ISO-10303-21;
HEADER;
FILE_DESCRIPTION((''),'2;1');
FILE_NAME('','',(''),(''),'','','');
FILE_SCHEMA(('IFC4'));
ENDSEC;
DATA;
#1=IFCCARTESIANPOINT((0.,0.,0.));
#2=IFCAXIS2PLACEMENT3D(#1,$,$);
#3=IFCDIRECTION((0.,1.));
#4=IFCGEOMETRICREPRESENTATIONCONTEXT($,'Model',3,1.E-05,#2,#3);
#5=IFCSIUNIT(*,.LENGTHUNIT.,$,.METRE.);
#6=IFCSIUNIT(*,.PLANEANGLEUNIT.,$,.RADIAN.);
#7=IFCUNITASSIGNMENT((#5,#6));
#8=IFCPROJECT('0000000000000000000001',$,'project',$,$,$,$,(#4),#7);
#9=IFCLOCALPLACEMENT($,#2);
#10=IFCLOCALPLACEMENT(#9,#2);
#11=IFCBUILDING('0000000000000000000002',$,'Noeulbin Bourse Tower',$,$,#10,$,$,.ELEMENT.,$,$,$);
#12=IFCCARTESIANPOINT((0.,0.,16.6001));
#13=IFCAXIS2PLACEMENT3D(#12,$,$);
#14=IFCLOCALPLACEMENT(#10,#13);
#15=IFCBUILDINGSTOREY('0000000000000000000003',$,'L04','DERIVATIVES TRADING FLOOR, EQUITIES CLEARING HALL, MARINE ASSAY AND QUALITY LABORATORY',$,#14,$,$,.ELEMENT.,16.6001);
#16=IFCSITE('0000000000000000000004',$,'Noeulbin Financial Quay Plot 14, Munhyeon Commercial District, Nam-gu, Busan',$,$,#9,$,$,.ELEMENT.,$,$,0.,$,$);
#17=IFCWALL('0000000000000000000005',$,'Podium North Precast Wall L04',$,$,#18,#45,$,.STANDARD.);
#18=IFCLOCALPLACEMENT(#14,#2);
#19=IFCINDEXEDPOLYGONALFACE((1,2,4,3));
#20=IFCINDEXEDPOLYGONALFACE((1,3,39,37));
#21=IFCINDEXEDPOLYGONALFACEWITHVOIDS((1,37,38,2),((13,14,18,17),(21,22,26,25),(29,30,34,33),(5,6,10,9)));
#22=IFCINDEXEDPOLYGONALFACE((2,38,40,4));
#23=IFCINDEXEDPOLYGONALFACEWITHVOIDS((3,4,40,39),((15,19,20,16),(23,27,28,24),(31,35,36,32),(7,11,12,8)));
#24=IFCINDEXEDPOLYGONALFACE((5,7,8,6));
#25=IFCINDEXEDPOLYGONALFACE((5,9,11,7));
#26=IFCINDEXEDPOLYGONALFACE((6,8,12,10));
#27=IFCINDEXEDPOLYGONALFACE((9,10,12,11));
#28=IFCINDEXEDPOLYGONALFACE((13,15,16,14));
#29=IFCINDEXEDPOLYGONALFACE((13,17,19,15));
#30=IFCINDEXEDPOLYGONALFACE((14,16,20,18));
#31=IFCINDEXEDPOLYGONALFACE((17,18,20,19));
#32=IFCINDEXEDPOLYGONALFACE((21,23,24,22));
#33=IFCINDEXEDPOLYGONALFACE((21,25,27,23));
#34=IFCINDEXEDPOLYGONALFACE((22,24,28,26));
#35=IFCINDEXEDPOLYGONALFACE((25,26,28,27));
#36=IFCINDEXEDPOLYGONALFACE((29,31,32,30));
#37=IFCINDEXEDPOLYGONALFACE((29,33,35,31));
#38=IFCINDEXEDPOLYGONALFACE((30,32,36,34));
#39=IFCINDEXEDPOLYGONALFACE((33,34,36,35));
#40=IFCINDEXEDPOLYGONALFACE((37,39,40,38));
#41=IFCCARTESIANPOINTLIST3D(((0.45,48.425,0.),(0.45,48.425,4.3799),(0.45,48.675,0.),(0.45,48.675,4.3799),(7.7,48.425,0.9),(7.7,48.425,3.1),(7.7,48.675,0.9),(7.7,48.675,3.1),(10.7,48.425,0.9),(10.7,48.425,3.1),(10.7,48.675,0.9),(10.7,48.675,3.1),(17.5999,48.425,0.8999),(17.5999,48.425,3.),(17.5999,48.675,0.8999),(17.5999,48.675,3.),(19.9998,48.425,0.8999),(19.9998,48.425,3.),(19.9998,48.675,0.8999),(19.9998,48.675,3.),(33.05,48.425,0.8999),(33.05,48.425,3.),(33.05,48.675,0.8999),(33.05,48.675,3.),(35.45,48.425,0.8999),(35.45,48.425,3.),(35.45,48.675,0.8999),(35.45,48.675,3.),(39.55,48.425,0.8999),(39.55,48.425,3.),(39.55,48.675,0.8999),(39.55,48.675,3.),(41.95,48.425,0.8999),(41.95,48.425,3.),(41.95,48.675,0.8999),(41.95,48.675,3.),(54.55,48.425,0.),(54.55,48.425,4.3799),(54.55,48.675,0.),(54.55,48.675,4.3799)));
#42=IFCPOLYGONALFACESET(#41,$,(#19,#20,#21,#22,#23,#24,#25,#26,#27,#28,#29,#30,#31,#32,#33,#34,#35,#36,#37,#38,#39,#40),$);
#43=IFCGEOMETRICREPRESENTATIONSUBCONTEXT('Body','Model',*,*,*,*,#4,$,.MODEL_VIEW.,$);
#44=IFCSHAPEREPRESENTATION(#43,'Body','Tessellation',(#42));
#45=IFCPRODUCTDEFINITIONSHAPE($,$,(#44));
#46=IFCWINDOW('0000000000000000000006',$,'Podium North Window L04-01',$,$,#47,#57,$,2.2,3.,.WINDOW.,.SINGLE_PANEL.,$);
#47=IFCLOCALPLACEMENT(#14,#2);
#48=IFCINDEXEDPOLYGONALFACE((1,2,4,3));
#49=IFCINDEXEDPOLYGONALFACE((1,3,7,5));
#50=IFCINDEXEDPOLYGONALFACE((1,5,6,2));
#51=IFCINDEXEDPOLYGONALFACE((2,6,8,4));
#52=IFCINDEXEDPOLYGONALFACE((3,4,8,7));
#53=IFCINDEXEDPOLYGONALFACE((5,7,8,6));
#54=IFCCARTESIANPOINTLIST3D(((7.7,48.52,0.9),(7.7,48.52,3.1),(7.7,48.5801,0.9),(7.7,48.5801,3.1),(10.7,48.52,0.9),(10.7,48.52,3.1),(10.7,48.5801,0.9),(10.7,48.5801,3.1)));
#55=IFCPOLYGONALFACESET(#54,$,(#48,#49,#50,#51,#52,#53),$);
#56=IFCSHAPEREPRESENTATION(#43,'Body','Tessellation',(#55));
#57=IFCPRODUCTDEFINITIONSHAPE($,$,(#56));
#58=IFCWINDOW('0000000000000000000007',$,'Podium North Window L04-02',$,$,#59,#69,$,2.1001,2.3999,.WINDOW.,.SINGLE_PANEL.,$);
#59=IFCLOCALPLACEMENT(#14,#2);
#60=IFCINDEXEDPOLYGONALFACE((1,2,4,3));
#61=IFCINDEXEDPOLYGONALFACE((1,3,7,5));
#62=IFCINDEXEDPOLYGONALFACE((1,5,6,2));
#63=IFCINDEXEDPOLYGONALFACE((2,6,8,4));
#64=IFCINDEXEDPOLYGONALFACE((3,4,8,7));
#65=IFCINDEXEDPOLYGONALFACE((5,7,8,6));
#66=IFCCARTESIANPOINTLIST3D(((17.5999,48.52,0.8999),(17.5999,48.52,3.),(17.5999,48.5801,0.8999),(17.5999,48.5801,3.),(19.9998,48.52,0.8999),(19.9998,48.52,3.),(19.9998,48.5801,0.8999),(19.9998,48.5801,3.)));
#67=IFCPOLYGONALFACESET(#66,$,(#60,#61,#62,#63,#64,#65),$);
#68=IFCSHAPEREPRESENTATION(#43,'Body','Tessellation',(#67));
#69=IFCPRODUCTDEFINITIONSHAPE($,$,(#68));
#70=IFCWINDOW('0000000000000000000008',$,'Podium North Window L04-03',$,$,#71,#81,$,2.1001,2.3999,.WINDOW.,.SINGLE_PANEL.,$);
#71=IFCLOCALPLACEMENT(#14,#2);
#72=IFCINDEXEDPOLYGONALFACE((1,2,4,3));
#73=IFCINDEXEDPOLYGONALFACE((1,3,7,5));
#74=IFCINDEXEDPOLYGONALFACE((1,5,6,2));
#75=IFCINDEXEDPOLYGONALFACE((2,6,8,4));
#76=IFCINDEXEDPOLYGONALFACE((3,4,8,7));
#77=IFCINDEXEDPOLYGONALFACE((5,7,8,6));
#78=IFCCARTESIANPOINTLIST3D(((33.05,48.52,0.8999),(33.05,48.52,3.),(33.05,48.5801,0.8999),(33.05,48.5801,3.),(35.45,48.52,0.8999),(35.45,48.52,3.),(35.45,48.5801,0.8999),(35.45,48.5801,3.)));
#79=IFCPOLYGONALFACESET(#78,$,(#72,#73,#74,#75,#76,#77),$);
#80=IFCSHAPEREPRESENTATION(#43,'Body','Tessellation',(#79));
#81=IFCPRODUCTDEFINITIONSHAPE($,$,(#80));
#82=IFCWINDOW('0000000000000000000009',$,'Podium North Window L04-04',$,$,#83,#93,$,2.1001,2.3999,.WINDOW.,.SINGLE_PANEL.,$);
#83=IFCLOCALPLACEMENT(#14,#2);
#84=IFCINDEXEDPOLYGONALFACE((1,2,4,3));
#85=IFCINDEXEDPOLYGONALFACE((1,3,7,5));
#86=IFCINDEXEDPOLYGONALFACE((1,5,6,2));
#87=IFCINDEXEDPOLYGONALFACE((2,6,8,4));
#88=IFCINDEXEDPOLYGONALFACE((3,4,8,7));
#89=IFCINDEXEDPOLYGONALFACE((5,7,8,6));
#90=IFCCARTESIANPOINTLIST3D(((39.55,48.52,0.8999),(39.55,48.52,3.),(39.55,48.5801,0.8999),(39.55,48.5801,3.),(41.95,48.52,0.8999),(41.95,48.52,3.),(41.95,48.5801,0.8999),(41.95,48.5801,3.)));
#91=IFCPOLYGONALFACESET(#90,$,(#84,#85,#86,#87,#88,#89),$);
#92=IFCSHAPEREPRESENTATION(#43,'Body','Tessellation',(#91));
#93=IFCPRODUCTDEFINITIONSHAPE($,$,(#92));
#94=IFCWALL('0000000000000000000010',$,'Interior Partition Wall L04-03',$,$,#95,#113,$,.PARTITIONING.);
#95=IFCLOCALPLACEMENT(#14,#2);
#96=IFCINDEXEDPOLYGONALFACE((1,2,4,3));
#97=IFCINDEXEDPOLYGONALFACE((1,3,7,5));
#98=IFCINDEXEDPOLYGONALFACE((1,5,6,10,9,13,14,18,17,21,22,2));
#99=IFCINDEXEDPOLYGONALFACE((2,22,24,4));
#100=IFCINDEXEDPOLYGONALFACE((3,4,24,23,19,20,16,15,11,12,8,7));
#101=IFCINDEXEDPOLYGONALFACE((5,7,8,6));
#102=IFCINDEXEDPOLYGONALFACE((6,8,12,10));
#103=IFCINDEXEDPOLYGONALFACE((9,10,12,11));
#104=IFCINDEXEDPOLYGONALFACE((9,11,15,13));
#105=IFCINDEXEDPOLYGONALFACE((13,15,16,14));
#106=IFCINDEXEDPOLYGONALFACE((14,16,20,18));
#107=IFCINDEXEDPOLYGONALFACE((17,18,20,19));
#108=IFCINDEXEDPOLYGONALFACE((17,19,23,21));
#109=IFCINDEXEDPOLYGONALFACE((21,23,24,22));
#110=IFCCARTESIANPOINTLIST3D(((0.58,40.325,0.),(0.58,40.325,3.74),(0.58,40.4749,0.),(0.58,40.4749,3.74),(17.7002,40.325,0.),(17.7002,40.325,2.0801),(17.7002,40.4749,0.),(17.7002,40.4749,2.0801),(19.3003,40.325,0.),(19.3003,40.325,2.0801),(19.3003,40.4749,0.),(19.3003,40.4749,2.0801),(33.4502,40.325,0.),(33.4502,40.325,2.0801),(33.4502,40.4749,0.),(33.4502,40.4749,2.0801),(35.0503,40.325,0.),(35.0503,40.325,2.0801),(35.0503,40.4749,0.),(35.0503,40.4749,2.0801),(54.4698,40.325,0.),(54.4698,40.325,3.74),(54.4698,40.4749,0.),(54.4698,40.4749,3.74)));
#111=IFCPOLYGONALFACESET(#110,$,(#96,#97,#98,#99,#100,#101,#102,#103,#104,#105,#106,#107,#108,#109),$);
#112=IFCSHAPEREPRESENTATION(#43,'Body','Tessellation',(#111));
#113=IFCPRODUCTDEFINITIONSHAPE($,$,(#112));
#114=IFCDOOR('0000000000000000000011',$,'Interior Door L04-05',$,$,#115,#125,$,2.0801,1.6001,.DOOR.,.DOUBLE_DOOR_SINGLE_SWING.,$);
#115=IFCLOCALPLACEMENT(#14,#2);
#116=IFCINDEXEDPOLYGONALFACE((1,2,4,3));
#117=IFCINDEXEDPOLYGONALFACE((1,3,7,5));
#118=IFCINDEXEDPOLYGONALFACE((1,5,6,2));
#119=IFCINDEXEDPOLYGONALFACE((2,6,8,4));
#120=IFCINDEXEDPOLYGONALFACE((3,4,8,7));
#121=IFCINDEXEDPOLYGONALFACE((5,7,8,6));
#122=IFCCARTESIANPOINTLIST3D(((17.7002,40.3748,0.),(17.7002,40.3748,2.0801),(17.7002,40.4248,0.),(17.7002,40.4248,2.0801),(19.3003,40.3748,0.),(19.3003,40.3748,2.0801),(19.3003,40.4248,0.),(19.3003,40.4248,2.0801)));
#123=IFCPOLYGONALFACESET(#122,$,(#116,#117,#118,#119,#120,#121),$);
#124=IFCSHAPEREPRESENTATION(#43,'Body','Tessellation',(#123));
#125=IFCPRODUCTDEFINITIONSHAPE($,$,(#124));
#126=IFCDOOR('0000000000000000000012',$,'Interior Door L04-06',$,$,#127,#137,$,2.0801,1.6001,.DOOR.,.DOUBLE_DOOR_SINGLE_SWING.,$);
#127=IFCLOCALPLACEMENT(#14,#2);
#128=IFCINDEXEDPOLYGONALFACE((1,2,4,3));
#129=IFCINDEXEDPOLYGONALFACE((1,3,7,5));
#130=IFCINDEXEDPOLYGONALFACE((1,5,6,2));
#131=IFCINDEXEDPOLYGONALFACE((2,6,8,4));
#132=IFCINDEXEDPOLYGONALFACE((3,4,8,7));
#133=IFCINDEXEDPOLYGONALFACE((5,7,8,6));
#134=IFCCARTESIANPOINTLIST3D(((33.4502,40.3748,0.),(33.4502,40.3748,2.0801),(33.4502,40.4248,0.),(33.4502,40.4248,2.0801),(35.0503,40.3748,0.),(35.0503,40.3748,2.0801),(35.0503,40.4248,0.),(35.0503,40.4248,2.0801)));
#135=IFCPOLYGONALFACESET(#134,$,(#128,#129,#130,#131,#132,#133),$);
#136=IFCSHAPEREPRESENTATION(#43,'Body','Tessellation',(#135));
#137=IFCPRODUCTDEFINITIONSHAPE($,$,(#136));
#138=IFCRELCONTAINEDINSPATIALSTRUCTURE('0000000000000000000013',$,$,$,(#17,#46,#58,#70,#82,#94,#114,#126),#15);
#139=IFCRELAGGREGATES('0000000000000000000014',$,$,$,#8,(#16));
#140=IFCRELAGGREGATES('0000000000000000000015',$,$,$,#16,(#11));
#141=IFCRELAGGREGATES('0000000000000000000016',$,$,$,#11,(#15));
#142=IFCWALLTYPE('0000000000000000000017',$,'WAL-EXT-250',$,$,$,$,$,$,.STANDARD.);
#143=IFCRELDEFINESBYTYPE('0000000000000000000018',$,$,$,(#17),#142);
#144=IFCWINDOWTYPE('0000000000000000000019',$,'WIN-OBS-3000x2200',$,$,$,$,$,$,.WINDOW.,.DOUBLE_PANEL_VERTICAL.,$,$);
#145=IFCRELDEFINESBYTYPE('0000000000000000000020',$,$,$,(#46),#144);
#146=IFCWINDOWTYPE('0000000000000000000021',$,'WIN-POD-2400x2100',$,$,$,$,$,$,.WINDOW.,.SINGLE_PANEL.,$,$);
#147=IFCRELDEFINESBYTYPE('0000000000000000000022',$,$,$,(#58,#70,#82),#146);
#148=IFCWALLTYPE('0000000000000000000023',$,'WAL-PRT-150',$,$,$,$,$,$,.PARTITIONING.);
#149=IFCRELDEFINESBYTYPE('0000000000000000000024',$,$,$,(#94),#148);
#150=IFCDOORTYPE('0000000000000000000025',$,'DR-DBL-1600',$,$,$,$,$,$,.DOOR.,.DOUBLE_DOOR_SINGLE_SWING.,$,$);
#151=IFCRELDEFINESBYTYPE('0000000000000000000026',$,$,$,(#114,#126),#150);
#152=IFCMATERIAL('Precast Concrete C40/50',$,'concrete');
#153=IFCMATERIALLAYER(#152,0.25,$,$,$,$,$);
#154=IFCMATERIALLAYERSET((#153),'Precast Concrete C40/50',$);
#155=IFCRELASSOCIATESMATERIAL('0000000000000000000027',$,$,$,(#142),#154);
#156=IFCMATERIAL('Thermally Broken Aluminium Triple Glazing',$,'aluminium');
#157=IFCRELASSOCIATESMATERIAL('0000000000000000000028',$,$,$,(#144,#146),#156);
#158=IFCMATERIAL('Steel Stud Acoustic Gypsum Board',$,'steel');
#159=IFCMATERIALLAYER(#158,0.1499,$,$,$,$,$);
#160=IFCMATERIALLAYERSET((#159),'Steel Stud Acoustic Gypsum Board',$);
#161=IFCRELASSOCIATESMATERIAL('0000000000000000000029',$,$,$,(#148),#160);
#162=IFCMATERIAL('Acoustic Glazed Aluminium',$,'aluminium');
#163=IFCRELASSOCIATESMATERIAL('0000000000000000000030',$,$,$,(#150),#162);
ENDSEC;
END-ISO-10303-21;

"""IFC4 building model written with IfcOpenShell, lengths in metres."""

from ifc_helpers import new_model, si_unit, direction, frame, frame_2d, origin, place, context, subcontext, project, spatial, rectangle, extrude, material, layer, layer_set, type_object, element, fill, save


model = new_model("IFC4")

# Units and contexts
model_context = context("Model", 3, precision=1e-05, world=origin(), true_north=direction((0.0, 1.0)))
body_context = subcontext(model_context, "Body", "Model", "MODEL_VIEW")
ifc_project = project(units=[si_unit("LENGTHUNIT", "METRE"), si_unit("PLANEANGLEUNIT", "RADIAN")], contexts=[model_context])

# Site, building, storey
site_placement = place(None, origin())
site = spatial("IfcSite", under=ifc_project, at=site_placement, Name="Noeulbin Financial Quay Plot 14, Munhyeon Commercial District, Nam-gu, Busan", CompositionType="ELEMENT", RefElevation=0.0)
building_placement = place(site_placement, origin())
building = spatial("IfcBuilding", under=site, at=building_placement, Name="Noeulbin Bourse Tower", CompositionType="ELEMENT")
storey_placement = place(building_placement, frame((0.0, 0.0, 16.6001)))
storey = spatial("IfcBuildingStorey", under=building, at=storey_placement, Name="L04", Description="DERIVATIVES TRADING FLOOR, EQUITIES CLEARING HALL, MARINE ASSAY AND QUALITY LABORATORY", CompositionType="ELEMENT", Elevation=16.6001)

# Wall, openings, windows
ifc_material_1 = material(Name="Precast Concrete C40/50", Category="concrete")
ifc_layer_1 = layer(ifc_material_1, 0.25)
ifc_layer_set_1 = layer_set([ifc_layer_1], Name="Precast Concrete C40/50")
wall_type_1 = type_object("IfcWallType", Name="WAL-EXT-250", PredefinedType="STANDARD", material=ifc_layer_set_1)
wall_1_placement = place(storey_placement, frame((0.45, 48.55, 0.0), z_axis=(0.0, 0.0, 1.0), x_axis=(1.0, 0.0, 0.0)))
wall_1 = element("IfcWall", 1, at=wall_1_placement, inside=storey, type_object=wall_type_1, Name="Podium North Precast Wall L04", PredefinedType="STANDARD", context=body_context, shape_type="SweptSolid", body=[
    extrude(rectangle(XDim=54.1001, YDim=0.25, at=frame_2d((27.05, 0.0))), origin(), (0.0, 0.0, 1.0), 4.3799),
])
opening_1_placement = place(wall_1_placement, frame((7.25, 0.0, 0.8999)))
opening_1 = element("IfcOpeningElement", 2, at=opening_1_placement, cuts=wall_1, PredefinedType="OPENING", context=body_context, shape_type="SweptSolid", body=[
    extrude(rectangle(XDim=3.0, YDim=2.2, at=frame_2d((1.5, 1.1001))), frame((0.0, 0.135, 0.0), z_axis=(0.0, -1.0, 0.0), x_axis=(1.0, 0.0, 0.0)), (0.0, 0.0, 1.0), 0.27),
])
opening_2_placement = place(wall_1_placement, frame((17.1499, 0.0, 0.8999)))
opening_2 = element("IfcOpeningElement", 3, at=opening_2_placement, cuts=wall_1, PredefinedType="OPENING", context=body_context, shape_type="SweptSolid", body=[
    extrude(rectangle(XDim=2.3999, YDim=2.1001, at=frame_2d((1.2, 1.05))), frame((0.0, 0.135, 0.0), z_axis=(0.0, -1.0, 0.0), x_axis=(1.0, 0.0, 0.0)), (0.0, 0.0, 1.0), 0.27),
])
opening_3_placement = place(wall_1_placement, frame((32.6001, 0.0, 0.8999)))
opening_3 = element("IfcOpeningElement", 4, at=opening_3_placement, cuts=wall_1, PredefinedType="OPENING", context=body_context, shape_type="SweptSolid", body=[
    extrude(rectangle(XDim=2.3999, YDim=2.1001, at=frame_2d((1.2, 1.05))), frame((0.0, 0.135, 0.0), z_axis=(0.0, -1.0, 0.0), x_axis=(1.0, 0.0, 0.0)), (0.0, 0.0, 1.0), 0.27),
])
opening_4_placement = place(wall_1_placement, frame((39.1001, 0.0, 0.8999)))
opening_4 = element("IfcOpeningElement", 5, at=opening_4_placement, cuts=wall_1, PredefinedType="OPENING", context=body_context, shape_type="SweptSolid", body=[
    extrude(rectangle(XDim=2.3999, YDim=2.1001, at=frame_2d((1.2, 1.05))), frame((0.0, 0.135, 0.0), z_axis=(0.0, -1.0, 0.0), x_axis=(1.0, 0.0, 0.0)), (0.0, 0.0, 1.0), 0.27),
])
ifc_material_2 = material(Name="Thermally Broken Aluminium Triple Glazing", Category="aluminium")
window_type_1 = type_object("IfcWindowType", Name="WIN-OBS-3000x2200", PartitioningType="DOUBLE_PANEL_VERTICAL", PredefinedType="WINDOW", material=ifc_material_2)
window_1_placement = place(opening_1_placement, origin())
window_1 = element("IfcWindow", 6, at=window_1_placement, inside=storey, type_object=window_type_1, Name="Podium North Window L04-01", OverallHeight=2.2, OverallWidth=3.0, PartitioningType="SINGLE_PANEL", PredefinedType="WINDOW", context=body_context, shape_type="SweptSolid", body=[
    extrude(rectangle(XDim=3.0, YDim=2.2, at=frame_2d((1.5, 1.1001))), frame((0.0, 0.03, 0.0), z_axis=(0.0, -1.0, 0.0), x_axis=(1.0, 0.0, 0.0)), (0.0, 0.0, 1.0), 0.0601),
])
fill(opening_1, window_1)
window_type_2 = type_object("IfcWindowType", Name="WIN-POD-2400x2100", PartitioningType="SINGLE_PANEL", PredefinedType="WINDOW", material=ifc_material_2)
window_2_placement = place(opening_2_placement, origin())
window_2 = element("IfcWindow", 7, at=window_2_placement, inside=storey, type_object=window_type_2, Name="Podium North Window L04-02", OverallHeight=2.1001, OverallWidth=2.3999, PartitioningType="SINGLE_PANEL", PredefinedType="WINDOW", context=body_context, shape_type="SweptSolid", body=[
    extrude(rectangle(XDim=2.3999, YDim=2.1001, at=frame_2d((1.2, 1.05))), frame((0.0, 0.03, 0.0), z_axis=(0.0, -1.0, 0.0), x_axis=(1.0, 0.0, 0.0)), (0.0, 0.0, 1.0), 0.0601),
])
fill(opening_2, window_2)
window_3_placement = place(opening_3_placement, origin())
window_3 = element("IfcWindow", 8, at=window_3_placement, inside=storey, type_object=window_type_2, Name="Podium North Window L04-03", OverallHeight=2.1001, OverallWidth=2.3999, PartitioningType="SINGLE_PANEL", PredefinedType="WINDOW", context=body_context, shape_type="SweptSolid", body=[
    extrude(rectangle(XDim=2.3999, YDim=2.1001, at=frame_2d((1.2, 1.05))), frame((0.0, 0.03, 0.0), z_axis=(0.0, -1.0, 0.0), x_axis=(1.0, 0.0, 0.0)), (0.0, 0.0, 1.0), 0.0601),
])
fill(opening_3, window_3)
window_4_placement = place(opening_4_placement, origin())
window_4 = element("IfcWindow", 9, at=window_4_placement, inside=storey, type_object=window_type_2, Name="Podium North Window L04-04", OverallHeight=2.1001, OverallWidth=2.3999, PartitioningType="SINGLE_PANEL", PredefinedType="WINDOW", context=body_context, shape_type="SweptSolid", body=[
    extrude(rectangle(XDim=2.3999, YDim=2.1001, at=frame_2d((1.2, 1.05))), frame((0.0, 0.03, 0.0), z_axis=(0.0, -1.0, 0.0), x_axis=(1.0, 0.0, 0.0)), (0.0, 0.0, 1.0), 0.0601),
])
fill(opening_4, window_4)

# Wall, openings, doors
ifc_material_3 = material(Name="Steel Stud Acoustic Gypsum Board", Category="steel")
ifc_layer_2 = layer(ifc_material_3, 0.1499)
ifc_layer_set_2 = layer_set([ifc_layer_2], Name="Steel Stud Acoustic Gypsum Board")
wall_type_2 = type_object("IfcWallType", Name="WAL-PRT-150", PredefinedType="PARTITIONING", material=ifc_layer_set_2)
wall_2_placement = place(storey_placement, frame((0.5801, 40.3999, 0.0), z_axis=(0.0, 0.0, 1.0), x_axis=(1.0, 0.0, 0.0)))
wall_2 = element("IfcWall", 10, at=wall_2_placement, inside=storey, type_object=wall_type_2, Name="Interior Partition Wall L04-03", PredefinedType="PARTITIONING", context=body_context, shape_type="SweptSolid", body=[
    extrude(rectangle(XDim=53.8899, YDim=0.1499, at=frame_2d((26.9448, 0.0))), origin(), (0.0, 0.0, 1.0), 3.74),
])
opening_5_placement = place(wall_2_placement, frame((17.1201, 0.0, 0.0)))
opening_5 = element("IfcOpeningElement", 11, at=opening_5_placement, cuts=wall_2, PredefinedType="OPENING", context=body_context, shape_type="SweptSolid", body=[
    extrude(rectangle(XDim=1.6001, YDim=2.0801, at=frame_2d((0.8, 1.04))), frame((0.0, 0.085, 0.0), z_axis=(0.0, -1.0, 0.0), x_axis=(1.0, 0.0, 0.0)), (0.0, 0.0, 1.0), 0.1699),
])
opening_6_placement = place(wall_2_placement, frame((32.8701, 0.0, 0.0)))
opening_6 = element("IfcOpeningElement", 12, at=opening_6_placement, cuts=wall_2, PredefinedType="OPENING", context=body_context, shape_type="SweptSolid", body=[
    extrude(rectangle(XDim=1.6001, YDim=2.0801, at=frame_2d((0.8, 1.04))), frame((0.0, 0.085, 0.0), z_axis=(0.0, -1.0, 0.0), x_axis=(1.0, 0.0, 0.0)), (0.0, 0.0, 1.0), 0.1699),
])
ifc_material_4 = material(Name="Acoustic Glazed Aluminium", Category="aluminium")
door_type = type_object("IfcDoorType", Name="DR-DBL-1600", OperationType="DOUBLE_DOOR_SINGLE_SWING", PredefinedType="DOOR", material=ifc_material_4)
door_1_placement = place(opening_5_placement, origin())
door_1 = element("IfcDoor", 13, at=door_1_placement, inside=storey, type_object=door_type, Name="Interior Door L04-05", OperationType="DOUBLE_DOOR_SINGLE_SWING", OverallHeight=2.0801, OverallWidth=1.6001, PredefinedType="DOOR", context=body_context, shape_type="SweptSolid", body=[
    extrude(rectangle(XDim=1.6001, YDim=2.0801, at=frame_2d((0.8, 1.04))), frame((0.0, 0.0249, 0.0), z_axis=(0.0, -1.0, 0.0), x_axis=(1.0, 0.0, 0.0)), (0.0, 0.0, 1.0), 0.05),
])
fill(opening_5, door_1)
door_2_placement = place(opening_6_placement, origin())
door_2 = element("IfcDoor", 14, at=door_2_placement, inside=storey, type_object=door_type, Name="Interior Door L04-06", OperationType="DOUBLE_DOOR_SINGLE_SWING", OverallHeight=2.0801, OverallWidth=1.6001, PredefinedType="DOOR", context=body_context, shape_type="SweptSolid", body=[
    extrude(rectangle(XDim=1.6001, YDim=2.0801, at=frame_2d((0.8, 1.04))), frame((0.0, 0.0249, 0.0), z_axis=(0.0, -1.0, 0.0), x_axis=(1.0, 0.0, 0.0)), (0.0, 0.0, 1.0), 0.05),
])
fill(opening_6, door_2)

save(model, "model.ifc")
